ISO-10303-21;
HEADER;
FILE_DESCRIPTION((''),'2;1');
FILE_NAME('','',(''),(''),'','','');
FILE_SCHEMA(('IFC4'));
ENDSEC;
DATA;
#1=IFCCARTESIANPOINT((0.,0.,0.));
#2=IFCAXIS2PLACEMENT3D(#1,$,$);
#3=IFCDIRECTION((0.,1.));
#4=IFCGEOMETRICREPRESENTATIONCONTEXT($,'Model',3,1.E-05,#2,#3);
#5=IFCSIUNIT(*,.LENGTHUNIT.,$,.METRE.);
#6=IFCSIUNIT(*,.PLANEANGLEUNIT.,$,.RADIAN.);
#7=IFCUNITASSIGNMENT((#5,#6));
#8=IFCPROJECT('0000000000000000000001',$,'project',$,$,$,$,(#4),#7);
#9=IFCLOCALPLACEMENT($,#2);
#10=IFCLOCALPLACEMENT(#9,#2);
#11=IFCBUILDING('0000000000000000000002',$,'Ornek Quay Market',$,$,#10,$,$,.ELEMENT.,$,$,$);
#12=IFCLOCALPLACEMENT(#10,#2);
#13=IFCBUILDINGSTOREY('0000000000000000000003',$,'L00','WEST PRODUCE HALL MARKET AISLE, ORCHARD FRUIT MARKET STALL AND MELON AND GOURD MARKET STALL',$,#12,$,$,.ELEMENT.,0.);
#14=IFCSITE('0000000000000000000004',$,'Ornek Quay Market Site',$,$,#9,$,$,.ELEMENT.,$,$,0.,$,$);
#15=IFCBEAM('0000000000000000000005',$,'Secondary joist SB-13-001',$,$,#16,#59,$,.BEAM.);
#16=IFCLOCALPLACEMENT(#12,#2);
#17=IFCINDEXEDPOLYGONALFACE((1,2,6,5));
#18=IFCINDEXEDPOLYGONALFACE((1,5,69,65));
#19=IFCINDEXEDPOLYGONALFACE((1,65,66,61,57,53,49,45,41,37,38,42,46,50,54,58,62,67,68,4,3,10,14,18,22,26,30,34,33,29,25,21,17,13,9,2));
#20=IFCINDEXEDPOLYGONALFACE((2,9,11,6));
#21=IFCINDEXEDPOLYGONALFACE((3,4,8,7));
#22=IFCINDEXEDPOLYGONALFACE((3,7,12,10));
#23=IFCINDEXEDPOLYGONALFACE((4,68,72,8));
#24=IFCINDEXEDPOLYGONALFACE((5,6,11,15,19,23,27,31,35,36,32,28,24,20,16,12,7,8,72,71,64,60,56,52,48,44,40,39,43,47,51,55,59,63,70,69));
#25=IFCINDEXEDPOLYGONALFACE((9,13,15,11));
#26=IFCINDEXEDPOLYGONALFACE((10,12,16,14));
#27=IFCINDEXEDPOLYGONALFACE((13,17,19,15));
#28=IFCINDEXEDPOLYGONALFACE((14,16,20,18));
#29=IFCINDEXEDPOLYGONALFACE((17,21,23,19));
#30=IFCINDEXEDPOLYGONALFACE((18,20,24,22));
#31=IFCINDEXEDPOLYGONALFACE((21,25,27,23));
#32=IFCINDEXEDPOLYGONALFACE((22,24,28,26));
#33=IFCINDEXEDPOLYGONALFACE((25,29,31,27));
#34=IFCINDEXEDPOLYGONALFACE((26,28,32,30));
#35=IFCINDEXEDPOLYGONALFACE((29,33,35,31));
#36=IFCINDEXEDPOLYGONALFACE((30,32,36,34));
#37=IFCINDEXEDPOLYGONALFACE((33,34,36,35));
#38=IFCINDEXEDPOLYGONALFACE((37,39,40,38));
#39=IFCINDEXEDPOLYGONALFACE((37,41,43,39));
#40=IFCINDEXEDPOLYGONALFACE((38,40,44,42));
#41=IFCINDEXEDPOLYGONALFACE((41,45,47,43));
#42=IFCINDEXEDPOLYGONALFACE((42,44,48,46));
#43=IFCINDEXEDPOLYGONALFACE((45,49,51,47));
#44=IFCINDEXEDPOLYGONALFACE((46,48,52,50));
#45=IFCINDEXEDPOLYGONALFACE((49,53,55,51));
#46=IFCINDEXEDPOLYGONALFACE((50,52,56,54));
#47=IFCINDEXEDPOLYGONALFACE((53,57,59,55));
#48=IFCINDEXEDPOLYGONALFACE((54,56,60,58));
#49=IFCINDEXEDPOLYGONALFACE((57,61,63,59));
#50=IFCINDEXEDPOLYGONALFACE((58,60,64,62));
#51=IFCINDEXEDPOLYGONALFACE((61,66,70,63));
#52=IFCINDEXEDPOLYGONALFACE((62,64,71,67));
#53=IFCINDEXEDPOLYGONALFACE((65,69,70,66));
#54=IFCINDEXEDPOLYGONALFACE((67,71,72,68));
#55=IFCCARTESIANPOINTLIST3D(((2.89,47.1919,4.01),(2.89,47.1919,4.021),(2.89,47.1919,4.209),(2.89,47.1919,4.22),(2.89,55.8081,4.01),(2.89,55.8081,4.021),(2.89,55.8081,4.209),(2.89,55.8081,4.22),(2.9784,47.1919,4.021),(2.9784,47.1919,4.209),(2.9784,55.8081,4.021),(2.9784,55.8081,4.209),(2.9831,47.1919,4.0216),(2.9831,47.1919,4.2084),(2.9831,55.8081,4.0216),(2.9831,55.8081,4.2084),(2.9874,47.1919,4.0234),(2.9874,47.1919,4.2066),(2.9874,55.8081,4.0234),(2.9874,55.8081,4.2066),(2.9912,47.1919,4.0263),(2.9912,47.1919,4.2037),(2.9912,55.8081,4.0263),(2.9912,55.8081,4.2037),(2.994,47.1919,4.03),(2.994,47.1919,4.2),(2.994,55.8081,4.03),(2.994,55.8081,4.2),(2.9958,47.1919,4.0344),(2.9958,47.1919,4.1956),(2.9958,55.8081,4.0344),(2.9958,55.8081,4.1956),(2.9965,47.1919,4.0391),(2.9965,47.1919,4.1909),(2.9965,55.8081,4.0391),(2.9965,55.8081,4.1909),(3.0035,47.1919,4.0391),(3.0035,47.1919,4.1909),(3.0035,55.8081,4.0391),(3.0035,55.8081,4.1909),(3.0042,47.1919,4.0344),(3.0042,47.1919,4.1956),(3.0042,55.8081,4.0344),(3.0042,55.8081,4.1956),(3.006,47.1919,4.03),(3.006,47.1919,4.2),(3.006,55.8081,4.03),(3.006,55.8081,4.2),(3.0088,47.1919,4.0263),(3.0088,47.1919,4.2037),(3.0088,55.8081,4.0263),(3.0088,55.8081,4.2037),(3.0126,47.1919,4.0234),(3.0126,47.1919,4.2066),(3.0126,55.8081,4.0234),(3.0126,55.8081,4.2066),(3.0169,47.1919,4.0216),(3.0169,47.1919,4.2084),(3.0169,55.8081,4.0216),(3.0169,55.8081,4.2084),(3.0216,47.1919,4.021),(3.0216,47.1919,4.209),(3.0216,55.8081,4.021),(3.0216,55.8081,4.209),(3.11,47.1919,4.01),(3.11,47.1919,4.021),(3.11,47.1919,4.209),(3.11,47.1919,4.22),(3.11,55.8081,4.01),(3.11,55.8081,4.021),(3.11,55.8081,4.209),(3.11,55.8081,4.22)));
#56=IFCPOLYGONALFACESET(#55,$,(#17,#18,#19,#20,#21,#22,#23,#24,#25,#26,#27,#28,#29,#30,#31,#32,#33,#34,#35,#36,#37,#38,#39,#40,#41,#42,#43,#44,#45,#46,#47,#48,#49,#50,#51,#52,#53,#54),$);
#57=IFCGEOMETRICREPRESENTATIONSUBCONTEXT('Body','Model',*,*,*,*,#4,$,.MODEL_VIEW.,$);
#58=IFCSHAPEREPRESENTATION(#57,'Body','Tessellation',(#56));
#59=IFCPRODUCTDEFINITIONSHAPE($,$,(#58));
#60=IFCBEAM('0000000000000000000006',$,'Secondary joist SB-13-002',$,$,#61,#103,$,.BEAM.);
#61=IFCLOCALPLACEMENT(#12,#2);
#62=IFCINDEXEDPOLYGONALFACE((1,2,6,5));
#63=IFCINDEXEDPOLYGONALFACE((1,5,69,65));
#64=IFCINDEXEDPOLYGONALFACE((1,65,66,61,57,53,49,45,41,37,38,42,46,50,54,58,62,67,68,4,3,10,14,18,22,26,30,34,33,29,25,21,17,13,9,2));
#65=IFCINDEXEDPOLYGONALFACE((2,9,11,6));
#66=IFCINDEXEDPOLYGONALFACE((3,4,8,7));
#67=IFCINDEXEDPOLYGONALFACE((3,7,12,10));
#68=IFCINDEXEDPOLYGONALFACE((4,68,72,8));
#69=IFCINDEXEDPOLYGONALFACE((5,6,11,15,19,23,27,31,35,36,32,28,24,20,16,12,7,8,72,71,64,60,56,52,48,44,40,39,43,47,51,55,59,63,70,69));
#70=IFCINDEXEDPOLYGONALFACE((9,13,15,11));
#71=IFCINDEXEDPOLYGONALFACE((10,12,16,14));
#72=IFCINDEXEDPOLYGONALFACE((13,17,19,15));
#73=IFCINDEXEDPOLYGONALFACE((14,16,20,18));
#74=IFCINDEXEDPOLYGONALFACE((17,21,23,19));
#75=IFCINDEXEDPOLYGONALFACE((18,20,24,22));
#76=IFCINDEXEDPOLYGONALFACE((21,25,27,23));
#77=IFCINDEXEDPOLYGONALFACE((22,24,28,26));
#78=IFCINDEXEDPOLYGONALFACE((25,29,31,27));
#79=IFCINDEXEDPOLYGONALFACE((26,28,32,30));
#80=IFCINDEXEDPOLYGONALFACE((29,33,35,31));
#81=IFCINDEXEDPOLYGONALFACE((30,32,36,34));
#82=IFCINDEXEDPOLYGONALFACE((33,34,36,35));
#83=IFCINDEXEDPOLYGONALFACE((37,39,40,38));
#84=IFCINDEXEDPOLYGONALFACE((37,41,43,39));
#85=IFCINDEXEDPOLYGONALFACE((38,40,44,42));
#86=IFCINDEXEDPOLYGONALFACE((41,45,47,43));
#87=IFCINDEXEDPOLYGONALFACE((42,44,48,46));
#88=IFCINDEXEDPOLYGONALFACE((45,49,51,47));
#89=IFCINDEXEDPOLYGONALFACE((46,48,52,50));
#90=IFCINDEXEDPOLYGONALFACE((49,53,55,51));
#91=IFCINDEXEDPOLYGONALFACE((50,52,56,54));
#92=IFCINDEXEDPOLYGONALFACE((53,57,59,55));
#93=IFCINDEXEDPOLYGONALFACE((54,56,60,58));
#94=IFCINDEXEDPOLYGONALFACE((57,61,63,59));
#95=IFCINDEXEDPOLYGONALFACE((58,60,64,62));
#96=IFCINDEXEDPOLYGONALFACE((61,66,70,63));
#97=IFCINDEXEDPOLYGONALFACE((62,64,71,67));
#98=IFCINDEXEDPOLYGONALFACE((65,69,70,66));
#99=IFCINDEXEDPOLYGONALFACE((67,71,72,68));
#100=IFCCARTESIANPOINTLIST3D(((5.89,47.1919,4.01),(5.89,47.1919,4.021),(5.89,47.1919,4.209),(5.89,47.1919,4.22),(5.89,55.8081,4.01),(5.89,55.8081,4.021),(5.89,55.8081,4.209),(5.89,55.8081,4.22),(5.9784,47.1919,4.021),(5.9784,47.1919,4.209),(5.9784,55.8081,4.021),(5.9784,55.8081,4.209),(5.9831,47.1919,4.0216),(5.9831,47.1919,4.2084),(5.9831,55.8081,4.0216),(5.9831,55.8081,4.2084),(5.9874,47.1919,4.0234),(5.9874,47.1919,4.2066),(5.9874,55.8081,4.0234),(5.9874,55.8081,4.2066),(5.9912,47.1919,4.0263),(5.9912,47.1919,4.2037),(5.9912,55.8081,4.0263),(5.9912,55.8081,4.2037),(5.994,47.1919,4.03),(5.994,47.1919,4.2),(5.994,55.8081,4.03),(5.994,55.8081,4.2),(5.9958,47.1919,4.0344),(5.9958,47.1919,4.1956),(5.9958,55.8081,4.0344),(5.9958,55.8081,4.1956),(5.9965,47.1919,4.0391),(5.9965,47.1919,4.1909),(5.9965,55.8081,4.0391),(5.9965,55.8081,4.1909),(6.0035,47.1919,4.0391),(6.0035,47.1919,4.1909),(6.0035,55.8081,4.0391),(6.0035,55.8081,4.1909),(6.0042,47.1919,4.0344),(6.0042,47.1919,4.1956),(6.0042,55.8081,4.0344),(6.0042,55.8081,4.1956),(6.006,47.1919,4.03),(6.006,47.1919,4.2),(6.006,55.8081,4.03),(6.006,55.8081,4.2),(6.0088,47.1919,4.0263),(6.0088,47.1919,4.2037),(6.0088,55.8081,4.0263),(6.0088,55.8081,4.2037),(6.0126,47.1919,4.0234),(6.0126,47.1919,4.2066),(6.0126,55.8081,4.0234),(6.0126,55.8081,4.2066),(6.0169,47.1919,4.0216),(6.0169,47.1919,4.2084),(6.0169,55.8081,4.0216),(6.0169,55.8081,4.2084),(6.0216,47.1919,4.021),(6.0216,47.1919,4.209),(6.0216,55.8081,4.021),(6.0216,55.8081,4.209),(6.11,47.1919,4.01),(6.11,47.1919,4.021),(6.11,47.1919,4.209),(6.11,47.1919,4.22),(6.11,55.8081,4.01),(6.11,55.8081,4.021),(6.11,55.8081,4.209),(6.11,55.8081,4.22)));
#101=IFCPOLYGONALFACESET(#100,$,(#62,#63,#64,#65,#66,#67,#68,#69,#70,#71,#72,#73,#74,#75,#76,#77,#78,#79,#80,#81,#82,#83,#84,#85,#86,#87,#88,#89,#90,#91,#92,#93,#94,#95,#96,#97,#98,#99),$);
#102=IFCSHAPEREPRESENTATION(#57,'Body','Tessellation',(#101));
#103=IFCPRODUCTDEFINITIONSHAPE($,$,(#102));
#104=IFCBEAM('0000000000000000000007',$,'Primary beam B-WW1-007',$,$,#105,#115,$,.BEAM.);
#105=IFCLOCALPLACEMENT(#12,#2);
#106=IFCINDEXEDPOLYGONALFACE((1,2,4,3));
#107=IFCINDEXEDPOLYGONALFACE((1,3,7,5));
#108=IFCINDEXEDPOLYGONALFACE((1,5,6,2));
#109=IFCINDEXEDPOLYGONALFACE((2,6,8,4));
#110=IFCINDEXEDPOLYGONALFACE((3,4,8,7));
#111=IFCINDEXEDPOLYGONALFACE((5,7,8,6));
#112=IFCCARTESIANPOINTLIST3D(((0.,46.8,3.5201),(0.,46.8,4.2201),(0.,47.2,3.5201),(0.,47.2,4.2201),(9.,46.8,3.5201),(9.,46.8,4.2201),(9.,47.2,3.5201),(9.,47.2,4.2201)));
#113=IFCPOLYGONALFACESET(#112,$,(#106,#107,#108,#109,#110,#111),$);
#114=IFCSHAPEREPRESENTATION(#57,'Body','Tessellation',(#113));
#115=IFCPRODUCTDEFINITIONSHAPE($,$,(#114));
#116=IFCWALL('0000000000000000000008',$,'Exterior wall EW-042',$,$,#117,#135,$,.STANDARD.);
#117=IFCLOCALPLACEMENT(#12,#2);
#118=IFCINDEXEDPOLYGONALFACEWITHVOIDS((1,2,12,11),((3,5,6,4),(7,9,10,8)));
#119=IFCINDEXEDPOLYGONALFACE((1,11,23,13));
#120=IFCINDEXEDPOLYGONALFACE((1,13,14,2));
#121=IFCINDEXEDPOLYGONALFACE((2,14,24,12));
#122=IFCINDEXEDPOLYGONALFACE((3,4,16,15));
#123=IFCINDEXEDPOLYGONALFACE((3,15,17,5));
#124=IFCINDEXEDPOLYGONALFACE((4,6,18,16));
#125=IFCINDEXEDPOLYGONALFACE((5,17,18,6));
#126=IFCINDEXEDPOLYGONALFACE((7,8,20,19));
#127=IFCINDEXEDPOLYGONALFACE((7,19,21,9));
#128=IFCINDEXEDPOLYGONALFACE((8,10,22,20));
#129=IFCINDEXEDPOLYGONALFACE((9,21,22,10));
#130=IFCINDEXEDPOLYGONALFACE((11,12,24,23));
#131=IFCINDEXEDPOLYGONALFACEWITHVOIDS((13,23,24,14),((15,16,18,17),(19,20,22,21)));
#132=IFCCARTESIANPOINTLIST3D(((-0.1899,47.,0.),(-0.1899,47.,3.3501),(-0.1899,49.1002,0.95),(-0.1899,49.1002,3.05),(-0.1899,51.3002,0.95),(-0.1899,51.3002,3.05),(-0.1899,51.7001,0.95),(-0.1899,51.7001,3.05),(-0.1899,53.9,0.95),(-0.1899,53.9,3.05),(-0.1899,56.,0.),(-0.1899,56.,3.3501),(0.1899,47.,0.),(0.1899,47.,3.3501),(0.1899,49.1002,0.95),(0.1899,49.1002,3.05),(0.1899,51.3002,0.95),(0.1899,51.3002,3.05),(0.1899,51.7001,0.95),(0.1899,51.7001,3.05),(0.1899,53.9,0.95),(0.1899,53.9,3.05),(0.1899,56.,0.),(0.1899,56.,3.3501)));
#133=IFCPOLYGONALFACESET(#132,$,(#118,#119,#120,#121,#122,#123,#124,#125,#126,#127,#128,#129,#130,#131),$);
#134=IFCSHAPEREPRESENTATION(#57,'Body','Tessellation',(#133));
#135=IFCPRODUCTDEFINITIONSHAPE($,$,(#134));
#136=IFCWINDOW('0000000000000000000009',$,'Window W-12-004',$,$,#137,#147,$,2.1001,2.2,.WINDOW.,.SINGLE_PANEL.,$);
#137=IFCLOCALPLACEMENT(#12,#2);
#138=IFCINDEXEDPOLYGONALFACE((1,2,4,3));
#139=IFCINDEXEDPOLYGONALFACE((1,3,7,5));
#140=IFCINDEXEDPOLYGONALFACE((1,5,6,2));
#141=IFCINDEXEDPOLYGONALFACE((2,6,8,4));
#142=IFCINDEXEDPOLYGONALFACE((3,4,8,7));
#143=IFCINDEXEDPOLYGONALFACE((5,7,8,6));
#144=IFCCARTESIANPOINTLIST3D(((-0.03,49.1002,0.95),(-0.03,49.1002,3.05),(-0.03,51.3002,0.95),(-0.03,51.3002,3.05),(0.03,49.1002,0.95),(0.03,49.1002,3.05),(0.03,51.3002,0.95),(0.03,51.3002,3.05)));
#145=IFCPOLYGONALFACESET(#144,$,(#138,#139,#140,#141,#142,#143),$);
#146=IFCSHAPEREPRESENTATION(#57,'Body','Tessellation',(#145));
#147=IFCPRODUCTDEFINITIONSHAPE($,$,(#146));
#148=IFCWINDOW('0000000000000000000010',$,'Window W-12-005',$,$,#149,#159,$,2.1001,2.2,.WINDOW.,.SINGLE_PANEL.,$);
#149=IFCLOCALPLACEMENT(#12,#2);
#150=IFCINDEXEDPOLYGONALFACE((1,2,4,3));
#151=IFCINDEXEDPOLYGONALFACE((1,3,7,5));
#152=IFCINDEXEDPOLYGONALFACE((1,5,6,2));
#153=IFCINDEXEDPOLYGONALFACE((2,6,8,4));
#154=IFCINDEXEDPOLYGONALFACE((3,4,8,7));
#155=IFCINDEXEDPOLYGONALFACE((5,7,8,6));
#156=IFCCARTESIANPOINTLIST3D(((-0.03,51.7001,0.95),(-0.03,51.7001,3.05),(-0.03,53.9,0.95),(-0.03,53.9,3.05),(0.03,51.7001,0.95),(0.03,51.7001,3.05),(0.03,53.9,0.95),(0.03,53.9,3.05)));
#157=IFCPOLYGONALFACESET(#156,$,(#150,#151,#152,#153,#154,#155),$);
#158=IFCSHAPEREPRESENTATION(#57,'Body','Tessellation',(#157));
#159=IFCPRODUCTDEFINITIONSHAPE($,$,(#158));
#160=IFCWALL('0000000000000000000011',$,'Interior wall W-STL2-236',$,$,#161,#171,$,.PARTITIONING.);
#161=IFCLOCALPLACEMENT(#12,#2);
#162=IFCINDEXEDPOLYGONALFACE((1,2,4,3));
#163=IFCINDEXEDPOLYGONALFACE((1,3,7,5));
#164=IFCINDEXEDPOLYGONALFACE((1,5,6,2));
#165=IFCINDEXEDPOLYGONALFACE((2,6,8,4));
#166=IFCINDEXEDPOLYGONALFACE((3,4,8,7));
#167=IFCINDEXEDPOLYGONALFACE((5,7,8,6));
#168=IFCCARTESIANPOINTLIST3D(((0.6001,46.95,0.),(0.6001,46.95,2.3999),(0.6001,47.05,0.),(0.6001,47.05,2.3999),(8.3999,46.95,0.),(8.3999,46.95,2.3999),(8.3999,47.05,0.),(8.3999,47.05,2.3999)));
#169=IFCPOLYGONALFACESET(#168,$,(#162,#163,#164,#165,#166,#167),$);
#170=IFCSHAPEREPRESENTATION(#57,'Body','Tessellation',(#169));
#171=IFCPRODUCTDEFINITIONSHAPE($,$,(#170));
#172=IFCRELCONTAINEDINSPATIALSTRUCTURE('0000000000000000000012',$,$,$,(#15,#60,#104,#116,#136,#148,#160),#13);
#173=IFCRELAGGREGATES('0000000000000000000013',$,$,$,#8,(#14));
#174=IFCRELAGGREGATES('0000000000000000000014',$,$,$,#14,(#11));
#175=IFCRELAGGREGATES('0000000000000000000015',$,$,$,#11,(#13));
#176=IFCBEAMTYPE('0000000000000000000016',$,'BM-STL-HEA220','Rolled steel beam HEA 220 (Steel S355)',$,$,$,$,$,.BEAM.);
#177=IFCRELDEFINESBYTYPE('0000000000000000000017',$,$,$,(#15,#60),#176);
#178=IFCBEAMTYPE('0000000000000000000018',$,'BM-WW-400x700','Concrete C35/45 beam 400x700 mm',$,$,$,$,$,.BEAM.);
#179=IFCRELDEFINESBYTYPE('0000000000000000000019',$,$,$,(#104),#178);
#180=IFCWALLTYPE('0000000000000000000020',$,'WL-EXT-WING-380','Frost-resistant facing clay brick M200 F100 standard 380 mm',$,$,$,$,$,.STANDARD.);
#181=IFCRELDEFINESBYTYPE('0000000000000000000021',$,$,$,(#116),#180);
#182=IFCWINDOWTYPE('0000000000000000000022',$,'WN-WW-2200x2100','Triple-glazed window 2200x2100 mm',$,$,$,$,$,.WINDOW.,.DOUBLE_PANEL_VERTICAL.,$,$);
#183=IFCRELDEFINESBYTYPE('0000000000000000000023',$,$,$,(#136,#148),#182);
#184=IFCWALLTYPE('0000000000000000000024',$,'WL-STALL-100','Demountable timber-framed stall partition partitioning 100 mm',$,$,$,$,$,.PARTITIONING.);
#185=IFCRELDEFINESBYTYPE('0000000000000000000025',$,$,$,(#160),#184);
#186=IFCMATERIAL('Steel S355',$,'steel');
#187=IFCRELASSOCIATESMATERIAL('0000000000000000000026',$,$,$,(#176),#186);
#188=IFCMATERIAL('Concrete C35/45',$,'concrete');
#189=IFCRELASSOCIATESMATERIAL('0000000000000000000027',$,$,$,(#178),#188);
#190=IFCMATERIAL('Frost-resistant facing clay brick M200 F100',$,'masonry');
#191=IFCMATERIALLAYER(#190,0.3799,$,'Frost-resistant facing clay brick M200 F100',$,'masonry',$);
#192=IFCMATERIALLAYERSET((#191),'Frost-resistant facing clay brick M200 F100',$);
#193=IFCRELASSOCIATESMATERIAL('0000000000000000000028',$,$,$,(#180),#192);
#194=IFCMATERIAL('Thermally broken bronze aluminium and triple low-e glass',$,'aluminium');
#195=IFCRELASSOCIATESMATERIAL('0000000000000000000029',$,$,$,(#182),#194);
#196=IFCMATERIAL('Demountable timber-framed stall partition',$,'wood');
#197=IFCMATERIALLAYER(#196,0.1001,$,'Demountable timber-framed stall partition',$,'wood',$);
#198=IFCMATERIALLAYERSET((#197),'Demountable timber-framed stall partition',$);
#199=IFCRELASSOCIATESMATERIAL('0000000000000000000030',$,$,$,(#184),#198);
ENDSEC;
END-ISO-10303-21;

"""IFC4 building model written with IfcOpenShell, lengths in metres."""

from ifc_helpers import new_model, si_unit, direction, frame, frame_2d, origin, origin_2d, place, context, subcontext, project, spatial, rectangle, i_section, extrude, material, layer, layer_set, material_profile, profile_set, type_object, element, fill, save


model = new_model("IFC4")

# Units and contexts
model_context = context("Model", 3, precision=1e-05, world=origin(), true_north=direction((0.0, 1.0)))
body_context = subcontext(model_context, "Body", "Model", "MODEL_VIEW")
ifc_project = project(units=[si_unit("LENGTHUNIT", "METRE"), si_unit("PLANEANGLEUNIT", "RADIAN")], contexts=[model_context])

# Site, building, storey
site_placement = place(None, origin())
site = spatial("IfcSite", under=ifc_project, at=site_placement, Name="Ornek Quay Market Site", CompositionType="ELEMENT", RefElevation=0.0)
building_placement = place(site_placement, origin())
building = spatial("IfcBuilding", under=site, at=building_placement, Name="Ornek Quay Market", CompositionType="ELEMENT")
storey_placement = place(building_placement, origin())
storey = spatial("IfcBuildingStorey", under=building, at=storey_placement, Name="L00", Description="WEST PRODUCE HALL MARKET AISLE, ORCHARD FRUIT MARKET STALL AND MELON AND GOURD MARKET STALL", CompositionType="ELEMENT", Elevation=0.0)

# Shared definitions
ifc_material_1 = material(Name="Concrete C35/45", Category="concrete")

# Beams
ifc_material_2 = material(Name="Steel S355", Category="steel")
ifc_material_profile_1 = material_profile(ifc_material_2, i_section(OverallWidth=0.22, OverallDepth=0.21, WebThickness=0.0071, FlangeThickness=0.011, FilletRadius=0.0181, at=origin_2d()), Name="HEA 220", Category="steel")
ifc_profile_set_1 = profile_set([ifc_material_profile_1], Name="Steel S355")
beam_type_1 = type_object("IfcBeamType", Name="BM-STL-HEA220", Description="Rolled steel beam HEA 220 (Steel S355)", PredefinedType="BEAM", material=ifc_profile_set_1)
for number, where, z_axis, x_axis, name in (
    (1, (3.0, 47.1919, 4.115), (0.0, 1.0, 0.0), (-1.0, 0.0, 0.0), "Secondary joist SB-13-001"),
    (2, (6.0, 47.1919, 4.115), (0.0, 1.0, 0.0), (-1.0, 0.0, 0.0), "Secondary joist SB-13-002"),
):
    element("IfcBeam", number, at=place(storey_placement, frame(where, z_axis=z_axis, x_axis=x_axis)), inside=storey, type_object=beam_type_1, Name=name, PredefinedType="BEAM", context=body_context, shape_type="SweptSolid", body=[
        extrude(i_section(OverallWidth=0.22, OverallDepth=0.21, WebThickness=0.0071, FlangeThickness=0.011, FilletRadius=0.0181, at=origin_2d()), origin(), (0.0, 0.0, 1.0), 8.6162),
    ])
ifc_material_profile_2 = material_profile(ifc_material_1, rectangle(XDim=0.3999, YDim=0.7, at=origin_2d()), Name="RC 400x700", Category="concrete")
ifc_profile_set_2 = profile_set([ifc_material_profile_2], Name="Concrete C35/45")
beam_type_2 = type_object("IfcBeamType", Name="BM-WW-400x700", Description="Concrete C35/45 beam 400x700 mm", PredefinedType="BEAM", material=ifc_profile_set_2)
beam_1_placement = place(storey_placement, frame((0.0, 47.0, 3.8701), z_axis=(1.0, 0.0, 0.0), x_axis=(0.0, 1.0, 0.0)))
element("IfcBeam", 3, at=beam_1_placement, inside=storey, type_object=beam_type_2, Name="Primary beam B-WW1-007", PredefinedType="BEAM", context=body_context, shape_type="SweptSolid", body=[
    extrude(rectangle(XDim=0.3999, YDim=0.7, at=origin_2d()), origin(), (0.0, 0.0, 1.0), 9.0),
])

# Wall, openings, windows
ifc_material_3 = material(Name="Frost-resistant facing clay brick M200 F100", Category="masonry")
ifc_layer_1 = layer(ifc_material_3, 0.3799, Name="Frost-resistant facing clay brick M200 F100", Category="masonry")
ifc_layer_set_1 = layer_set([ifc_layer_1], Name="Frost-resistant facing clay brick M200 F100")
wall_type_1 = type_object("IfcWallType", Name="WL-EXT-WING-380", Description="Frost-resistant facing clay brick M200 F100 standard 380 mm", PredefinedType="STANDARD", material=ifc_layer_set_1)
wall_1_placement = place(storey_placement, frame((0.0, 47.0, 0.0), z_axis=(0.0, 0.0, 1.0), x_axis=(0.0, 1.0, 0.0)))
wall_1 = element("IfcWall", 4, at=wall_1_placement, inside=storey, type_object=wall_type_1, Name="Exterior wall EW-042", PredefinedType="STANDARD", context=body_context, shape_type="SweptSolid", body=[
    extrude(rectangle(XDim=9.0, YDim=0.3799, at=frame_2d((4.5, 0.0))), origin(), (0.0, 0.0, 1.0), 3.3501),
])
opening_1_placement = place(wall_1_placement, frame((2.1001, 0.0, 0.95)))
opening_1 = element("IfcOpeningElement", 5, at=opening_1_placement, cuts=wall_1, PredefinedType="OPENING", context=body_context, shape_type="SweptSolid", body=[
    extrude(rectangle(XDim=2.2, YDim=2.1001, at=frame_2d((1.1001, 1.05))), frame((0.0, 0.2, 0.0), z_axis=(0.0, -1.0, 0.0), x_axis=(1.0, 0.0, 0.0)), (0.0, 0.0, 1.0), 0.3999),
])
opening_2_placement = place(wall_1_placement, frame((4.7, 0.0, 0.95)))
opening_2 = element("IfcOpeningElement", 6, at=opening_2_placement, cuts=wall_1, PredefinedType="OPENING", context=body_context, shape_type="SweptSolid", body=[
    extrude(rectangle(XDim=2.2, YDim=2.1001, at=frame_2d((1.1001, 1.05))), frame((0.0, 0.2, 0.0), z_axis=(0.0, -1.0, 0.0), x_axis=(1.0, 0.0, 0.0)), (0.0, 0.0, 1.0), 0.3999),
])
ifc_material_4 = material(Name="Thermally broken bronze aluminium and triple low-e glass", Category="aluminium")
window_type = type_object("IfcWindowType", Name="WN-WW-2200x2100", Description="Triple-glazed window 2200x2100 mm", PartitioningType="DOUBLE_PANEL_VERTICAL", PredefinedType="WINDOW", material=ifc_material_4)
window_1_placement = place(opening_1_placement, origin())
window_1 = element("IfcWindow", 7, at=window_1_placement, inside=storey, type_object=window_type, Name="Window W-12-004", OverallHeight=2.1001, OverallWidth=2.2, PartitioningType="SINGLE_PANEL", PredefinedType="WINDOW", context=body_context, shape_type="SweptSolid", body=[
    extrude(rectangle(XDim=2.2, YDim=2.1001, at=frame_2d((1.1001, 1.05))), frame((0.0, 0.03, 0.0), z_axis=(0.0, -1.0, 0.0), x_axis=(1.0, 0.0, 0.0)), (0.0, 0.0, 1.0), 0.0601),
])
fill(opening_1, window_1)
window_2_placement = place(opening_2_placement, origin())
window_2 = element("IfcWindow", 8, at=window_2_placement, inside=storey, type_object=window_type, Name="Window W-12-005", OverallHeight=2.1001, OverallWidth=2.2, PartitioningType="SINGLE_PANEL", PredefinedType="WINDOW", context=body_context, shape_type="SweptSolid", body=[
    extrude(rectangle(XDim=2.2, YDim=2.1001, at=frame_2d((1.1001, 1.05))), frame((0.0, 0.03, 0.0), z_axis=(0.0, -1.0, 0.0), x_axis=(1.0, 0.0, 0.0)), (0.0, 0.0, 1.0), 0.0601),
])
fill(opening_2, window_2)

# Wall
ifc_material_5 = material(Name="Demountable timber-framed stall partition", Category="wood")
ifc_layer_2 = layer(ifc_material_5, 0.1001, Name="Demountable timber-framed stall partition", Category="wood")
ifc_layer_set_2 = layer_set([ifc_layer_2], Name="Demountable timber-framed stall partition")
wall_type_2 = type_object("IfcWallType", Name="WL-STALL-100", Description="Demountable timber-framed stall partition partitioning 100 mm", PredefinedType="PARTITIONING", material=ifc_layer_set_2)
wall_2_placement = place(storey_placement, frame((0.6001, 47.0, 0.0), z_axis=(0.0, 0.0, 1.0), x_axis=(1.0, 0.0, 0.0)))
element("IfcWall", 9, at=wall_2_placement, inside=storey, type_object=wall_type_2, Name="Interior wall W-STL2-236", PredefinedType="PARTITIONING", context=body_context, shape_type="SweptSolid", body=[
    extrude(rectangle(XDim=7.7998, YDim=0.1001, at=frame_2d((3.8999, 0.0))), origin(), (0.0, 0.0, 1.0), 2.3999),
])

save(model, "model.ifc")
